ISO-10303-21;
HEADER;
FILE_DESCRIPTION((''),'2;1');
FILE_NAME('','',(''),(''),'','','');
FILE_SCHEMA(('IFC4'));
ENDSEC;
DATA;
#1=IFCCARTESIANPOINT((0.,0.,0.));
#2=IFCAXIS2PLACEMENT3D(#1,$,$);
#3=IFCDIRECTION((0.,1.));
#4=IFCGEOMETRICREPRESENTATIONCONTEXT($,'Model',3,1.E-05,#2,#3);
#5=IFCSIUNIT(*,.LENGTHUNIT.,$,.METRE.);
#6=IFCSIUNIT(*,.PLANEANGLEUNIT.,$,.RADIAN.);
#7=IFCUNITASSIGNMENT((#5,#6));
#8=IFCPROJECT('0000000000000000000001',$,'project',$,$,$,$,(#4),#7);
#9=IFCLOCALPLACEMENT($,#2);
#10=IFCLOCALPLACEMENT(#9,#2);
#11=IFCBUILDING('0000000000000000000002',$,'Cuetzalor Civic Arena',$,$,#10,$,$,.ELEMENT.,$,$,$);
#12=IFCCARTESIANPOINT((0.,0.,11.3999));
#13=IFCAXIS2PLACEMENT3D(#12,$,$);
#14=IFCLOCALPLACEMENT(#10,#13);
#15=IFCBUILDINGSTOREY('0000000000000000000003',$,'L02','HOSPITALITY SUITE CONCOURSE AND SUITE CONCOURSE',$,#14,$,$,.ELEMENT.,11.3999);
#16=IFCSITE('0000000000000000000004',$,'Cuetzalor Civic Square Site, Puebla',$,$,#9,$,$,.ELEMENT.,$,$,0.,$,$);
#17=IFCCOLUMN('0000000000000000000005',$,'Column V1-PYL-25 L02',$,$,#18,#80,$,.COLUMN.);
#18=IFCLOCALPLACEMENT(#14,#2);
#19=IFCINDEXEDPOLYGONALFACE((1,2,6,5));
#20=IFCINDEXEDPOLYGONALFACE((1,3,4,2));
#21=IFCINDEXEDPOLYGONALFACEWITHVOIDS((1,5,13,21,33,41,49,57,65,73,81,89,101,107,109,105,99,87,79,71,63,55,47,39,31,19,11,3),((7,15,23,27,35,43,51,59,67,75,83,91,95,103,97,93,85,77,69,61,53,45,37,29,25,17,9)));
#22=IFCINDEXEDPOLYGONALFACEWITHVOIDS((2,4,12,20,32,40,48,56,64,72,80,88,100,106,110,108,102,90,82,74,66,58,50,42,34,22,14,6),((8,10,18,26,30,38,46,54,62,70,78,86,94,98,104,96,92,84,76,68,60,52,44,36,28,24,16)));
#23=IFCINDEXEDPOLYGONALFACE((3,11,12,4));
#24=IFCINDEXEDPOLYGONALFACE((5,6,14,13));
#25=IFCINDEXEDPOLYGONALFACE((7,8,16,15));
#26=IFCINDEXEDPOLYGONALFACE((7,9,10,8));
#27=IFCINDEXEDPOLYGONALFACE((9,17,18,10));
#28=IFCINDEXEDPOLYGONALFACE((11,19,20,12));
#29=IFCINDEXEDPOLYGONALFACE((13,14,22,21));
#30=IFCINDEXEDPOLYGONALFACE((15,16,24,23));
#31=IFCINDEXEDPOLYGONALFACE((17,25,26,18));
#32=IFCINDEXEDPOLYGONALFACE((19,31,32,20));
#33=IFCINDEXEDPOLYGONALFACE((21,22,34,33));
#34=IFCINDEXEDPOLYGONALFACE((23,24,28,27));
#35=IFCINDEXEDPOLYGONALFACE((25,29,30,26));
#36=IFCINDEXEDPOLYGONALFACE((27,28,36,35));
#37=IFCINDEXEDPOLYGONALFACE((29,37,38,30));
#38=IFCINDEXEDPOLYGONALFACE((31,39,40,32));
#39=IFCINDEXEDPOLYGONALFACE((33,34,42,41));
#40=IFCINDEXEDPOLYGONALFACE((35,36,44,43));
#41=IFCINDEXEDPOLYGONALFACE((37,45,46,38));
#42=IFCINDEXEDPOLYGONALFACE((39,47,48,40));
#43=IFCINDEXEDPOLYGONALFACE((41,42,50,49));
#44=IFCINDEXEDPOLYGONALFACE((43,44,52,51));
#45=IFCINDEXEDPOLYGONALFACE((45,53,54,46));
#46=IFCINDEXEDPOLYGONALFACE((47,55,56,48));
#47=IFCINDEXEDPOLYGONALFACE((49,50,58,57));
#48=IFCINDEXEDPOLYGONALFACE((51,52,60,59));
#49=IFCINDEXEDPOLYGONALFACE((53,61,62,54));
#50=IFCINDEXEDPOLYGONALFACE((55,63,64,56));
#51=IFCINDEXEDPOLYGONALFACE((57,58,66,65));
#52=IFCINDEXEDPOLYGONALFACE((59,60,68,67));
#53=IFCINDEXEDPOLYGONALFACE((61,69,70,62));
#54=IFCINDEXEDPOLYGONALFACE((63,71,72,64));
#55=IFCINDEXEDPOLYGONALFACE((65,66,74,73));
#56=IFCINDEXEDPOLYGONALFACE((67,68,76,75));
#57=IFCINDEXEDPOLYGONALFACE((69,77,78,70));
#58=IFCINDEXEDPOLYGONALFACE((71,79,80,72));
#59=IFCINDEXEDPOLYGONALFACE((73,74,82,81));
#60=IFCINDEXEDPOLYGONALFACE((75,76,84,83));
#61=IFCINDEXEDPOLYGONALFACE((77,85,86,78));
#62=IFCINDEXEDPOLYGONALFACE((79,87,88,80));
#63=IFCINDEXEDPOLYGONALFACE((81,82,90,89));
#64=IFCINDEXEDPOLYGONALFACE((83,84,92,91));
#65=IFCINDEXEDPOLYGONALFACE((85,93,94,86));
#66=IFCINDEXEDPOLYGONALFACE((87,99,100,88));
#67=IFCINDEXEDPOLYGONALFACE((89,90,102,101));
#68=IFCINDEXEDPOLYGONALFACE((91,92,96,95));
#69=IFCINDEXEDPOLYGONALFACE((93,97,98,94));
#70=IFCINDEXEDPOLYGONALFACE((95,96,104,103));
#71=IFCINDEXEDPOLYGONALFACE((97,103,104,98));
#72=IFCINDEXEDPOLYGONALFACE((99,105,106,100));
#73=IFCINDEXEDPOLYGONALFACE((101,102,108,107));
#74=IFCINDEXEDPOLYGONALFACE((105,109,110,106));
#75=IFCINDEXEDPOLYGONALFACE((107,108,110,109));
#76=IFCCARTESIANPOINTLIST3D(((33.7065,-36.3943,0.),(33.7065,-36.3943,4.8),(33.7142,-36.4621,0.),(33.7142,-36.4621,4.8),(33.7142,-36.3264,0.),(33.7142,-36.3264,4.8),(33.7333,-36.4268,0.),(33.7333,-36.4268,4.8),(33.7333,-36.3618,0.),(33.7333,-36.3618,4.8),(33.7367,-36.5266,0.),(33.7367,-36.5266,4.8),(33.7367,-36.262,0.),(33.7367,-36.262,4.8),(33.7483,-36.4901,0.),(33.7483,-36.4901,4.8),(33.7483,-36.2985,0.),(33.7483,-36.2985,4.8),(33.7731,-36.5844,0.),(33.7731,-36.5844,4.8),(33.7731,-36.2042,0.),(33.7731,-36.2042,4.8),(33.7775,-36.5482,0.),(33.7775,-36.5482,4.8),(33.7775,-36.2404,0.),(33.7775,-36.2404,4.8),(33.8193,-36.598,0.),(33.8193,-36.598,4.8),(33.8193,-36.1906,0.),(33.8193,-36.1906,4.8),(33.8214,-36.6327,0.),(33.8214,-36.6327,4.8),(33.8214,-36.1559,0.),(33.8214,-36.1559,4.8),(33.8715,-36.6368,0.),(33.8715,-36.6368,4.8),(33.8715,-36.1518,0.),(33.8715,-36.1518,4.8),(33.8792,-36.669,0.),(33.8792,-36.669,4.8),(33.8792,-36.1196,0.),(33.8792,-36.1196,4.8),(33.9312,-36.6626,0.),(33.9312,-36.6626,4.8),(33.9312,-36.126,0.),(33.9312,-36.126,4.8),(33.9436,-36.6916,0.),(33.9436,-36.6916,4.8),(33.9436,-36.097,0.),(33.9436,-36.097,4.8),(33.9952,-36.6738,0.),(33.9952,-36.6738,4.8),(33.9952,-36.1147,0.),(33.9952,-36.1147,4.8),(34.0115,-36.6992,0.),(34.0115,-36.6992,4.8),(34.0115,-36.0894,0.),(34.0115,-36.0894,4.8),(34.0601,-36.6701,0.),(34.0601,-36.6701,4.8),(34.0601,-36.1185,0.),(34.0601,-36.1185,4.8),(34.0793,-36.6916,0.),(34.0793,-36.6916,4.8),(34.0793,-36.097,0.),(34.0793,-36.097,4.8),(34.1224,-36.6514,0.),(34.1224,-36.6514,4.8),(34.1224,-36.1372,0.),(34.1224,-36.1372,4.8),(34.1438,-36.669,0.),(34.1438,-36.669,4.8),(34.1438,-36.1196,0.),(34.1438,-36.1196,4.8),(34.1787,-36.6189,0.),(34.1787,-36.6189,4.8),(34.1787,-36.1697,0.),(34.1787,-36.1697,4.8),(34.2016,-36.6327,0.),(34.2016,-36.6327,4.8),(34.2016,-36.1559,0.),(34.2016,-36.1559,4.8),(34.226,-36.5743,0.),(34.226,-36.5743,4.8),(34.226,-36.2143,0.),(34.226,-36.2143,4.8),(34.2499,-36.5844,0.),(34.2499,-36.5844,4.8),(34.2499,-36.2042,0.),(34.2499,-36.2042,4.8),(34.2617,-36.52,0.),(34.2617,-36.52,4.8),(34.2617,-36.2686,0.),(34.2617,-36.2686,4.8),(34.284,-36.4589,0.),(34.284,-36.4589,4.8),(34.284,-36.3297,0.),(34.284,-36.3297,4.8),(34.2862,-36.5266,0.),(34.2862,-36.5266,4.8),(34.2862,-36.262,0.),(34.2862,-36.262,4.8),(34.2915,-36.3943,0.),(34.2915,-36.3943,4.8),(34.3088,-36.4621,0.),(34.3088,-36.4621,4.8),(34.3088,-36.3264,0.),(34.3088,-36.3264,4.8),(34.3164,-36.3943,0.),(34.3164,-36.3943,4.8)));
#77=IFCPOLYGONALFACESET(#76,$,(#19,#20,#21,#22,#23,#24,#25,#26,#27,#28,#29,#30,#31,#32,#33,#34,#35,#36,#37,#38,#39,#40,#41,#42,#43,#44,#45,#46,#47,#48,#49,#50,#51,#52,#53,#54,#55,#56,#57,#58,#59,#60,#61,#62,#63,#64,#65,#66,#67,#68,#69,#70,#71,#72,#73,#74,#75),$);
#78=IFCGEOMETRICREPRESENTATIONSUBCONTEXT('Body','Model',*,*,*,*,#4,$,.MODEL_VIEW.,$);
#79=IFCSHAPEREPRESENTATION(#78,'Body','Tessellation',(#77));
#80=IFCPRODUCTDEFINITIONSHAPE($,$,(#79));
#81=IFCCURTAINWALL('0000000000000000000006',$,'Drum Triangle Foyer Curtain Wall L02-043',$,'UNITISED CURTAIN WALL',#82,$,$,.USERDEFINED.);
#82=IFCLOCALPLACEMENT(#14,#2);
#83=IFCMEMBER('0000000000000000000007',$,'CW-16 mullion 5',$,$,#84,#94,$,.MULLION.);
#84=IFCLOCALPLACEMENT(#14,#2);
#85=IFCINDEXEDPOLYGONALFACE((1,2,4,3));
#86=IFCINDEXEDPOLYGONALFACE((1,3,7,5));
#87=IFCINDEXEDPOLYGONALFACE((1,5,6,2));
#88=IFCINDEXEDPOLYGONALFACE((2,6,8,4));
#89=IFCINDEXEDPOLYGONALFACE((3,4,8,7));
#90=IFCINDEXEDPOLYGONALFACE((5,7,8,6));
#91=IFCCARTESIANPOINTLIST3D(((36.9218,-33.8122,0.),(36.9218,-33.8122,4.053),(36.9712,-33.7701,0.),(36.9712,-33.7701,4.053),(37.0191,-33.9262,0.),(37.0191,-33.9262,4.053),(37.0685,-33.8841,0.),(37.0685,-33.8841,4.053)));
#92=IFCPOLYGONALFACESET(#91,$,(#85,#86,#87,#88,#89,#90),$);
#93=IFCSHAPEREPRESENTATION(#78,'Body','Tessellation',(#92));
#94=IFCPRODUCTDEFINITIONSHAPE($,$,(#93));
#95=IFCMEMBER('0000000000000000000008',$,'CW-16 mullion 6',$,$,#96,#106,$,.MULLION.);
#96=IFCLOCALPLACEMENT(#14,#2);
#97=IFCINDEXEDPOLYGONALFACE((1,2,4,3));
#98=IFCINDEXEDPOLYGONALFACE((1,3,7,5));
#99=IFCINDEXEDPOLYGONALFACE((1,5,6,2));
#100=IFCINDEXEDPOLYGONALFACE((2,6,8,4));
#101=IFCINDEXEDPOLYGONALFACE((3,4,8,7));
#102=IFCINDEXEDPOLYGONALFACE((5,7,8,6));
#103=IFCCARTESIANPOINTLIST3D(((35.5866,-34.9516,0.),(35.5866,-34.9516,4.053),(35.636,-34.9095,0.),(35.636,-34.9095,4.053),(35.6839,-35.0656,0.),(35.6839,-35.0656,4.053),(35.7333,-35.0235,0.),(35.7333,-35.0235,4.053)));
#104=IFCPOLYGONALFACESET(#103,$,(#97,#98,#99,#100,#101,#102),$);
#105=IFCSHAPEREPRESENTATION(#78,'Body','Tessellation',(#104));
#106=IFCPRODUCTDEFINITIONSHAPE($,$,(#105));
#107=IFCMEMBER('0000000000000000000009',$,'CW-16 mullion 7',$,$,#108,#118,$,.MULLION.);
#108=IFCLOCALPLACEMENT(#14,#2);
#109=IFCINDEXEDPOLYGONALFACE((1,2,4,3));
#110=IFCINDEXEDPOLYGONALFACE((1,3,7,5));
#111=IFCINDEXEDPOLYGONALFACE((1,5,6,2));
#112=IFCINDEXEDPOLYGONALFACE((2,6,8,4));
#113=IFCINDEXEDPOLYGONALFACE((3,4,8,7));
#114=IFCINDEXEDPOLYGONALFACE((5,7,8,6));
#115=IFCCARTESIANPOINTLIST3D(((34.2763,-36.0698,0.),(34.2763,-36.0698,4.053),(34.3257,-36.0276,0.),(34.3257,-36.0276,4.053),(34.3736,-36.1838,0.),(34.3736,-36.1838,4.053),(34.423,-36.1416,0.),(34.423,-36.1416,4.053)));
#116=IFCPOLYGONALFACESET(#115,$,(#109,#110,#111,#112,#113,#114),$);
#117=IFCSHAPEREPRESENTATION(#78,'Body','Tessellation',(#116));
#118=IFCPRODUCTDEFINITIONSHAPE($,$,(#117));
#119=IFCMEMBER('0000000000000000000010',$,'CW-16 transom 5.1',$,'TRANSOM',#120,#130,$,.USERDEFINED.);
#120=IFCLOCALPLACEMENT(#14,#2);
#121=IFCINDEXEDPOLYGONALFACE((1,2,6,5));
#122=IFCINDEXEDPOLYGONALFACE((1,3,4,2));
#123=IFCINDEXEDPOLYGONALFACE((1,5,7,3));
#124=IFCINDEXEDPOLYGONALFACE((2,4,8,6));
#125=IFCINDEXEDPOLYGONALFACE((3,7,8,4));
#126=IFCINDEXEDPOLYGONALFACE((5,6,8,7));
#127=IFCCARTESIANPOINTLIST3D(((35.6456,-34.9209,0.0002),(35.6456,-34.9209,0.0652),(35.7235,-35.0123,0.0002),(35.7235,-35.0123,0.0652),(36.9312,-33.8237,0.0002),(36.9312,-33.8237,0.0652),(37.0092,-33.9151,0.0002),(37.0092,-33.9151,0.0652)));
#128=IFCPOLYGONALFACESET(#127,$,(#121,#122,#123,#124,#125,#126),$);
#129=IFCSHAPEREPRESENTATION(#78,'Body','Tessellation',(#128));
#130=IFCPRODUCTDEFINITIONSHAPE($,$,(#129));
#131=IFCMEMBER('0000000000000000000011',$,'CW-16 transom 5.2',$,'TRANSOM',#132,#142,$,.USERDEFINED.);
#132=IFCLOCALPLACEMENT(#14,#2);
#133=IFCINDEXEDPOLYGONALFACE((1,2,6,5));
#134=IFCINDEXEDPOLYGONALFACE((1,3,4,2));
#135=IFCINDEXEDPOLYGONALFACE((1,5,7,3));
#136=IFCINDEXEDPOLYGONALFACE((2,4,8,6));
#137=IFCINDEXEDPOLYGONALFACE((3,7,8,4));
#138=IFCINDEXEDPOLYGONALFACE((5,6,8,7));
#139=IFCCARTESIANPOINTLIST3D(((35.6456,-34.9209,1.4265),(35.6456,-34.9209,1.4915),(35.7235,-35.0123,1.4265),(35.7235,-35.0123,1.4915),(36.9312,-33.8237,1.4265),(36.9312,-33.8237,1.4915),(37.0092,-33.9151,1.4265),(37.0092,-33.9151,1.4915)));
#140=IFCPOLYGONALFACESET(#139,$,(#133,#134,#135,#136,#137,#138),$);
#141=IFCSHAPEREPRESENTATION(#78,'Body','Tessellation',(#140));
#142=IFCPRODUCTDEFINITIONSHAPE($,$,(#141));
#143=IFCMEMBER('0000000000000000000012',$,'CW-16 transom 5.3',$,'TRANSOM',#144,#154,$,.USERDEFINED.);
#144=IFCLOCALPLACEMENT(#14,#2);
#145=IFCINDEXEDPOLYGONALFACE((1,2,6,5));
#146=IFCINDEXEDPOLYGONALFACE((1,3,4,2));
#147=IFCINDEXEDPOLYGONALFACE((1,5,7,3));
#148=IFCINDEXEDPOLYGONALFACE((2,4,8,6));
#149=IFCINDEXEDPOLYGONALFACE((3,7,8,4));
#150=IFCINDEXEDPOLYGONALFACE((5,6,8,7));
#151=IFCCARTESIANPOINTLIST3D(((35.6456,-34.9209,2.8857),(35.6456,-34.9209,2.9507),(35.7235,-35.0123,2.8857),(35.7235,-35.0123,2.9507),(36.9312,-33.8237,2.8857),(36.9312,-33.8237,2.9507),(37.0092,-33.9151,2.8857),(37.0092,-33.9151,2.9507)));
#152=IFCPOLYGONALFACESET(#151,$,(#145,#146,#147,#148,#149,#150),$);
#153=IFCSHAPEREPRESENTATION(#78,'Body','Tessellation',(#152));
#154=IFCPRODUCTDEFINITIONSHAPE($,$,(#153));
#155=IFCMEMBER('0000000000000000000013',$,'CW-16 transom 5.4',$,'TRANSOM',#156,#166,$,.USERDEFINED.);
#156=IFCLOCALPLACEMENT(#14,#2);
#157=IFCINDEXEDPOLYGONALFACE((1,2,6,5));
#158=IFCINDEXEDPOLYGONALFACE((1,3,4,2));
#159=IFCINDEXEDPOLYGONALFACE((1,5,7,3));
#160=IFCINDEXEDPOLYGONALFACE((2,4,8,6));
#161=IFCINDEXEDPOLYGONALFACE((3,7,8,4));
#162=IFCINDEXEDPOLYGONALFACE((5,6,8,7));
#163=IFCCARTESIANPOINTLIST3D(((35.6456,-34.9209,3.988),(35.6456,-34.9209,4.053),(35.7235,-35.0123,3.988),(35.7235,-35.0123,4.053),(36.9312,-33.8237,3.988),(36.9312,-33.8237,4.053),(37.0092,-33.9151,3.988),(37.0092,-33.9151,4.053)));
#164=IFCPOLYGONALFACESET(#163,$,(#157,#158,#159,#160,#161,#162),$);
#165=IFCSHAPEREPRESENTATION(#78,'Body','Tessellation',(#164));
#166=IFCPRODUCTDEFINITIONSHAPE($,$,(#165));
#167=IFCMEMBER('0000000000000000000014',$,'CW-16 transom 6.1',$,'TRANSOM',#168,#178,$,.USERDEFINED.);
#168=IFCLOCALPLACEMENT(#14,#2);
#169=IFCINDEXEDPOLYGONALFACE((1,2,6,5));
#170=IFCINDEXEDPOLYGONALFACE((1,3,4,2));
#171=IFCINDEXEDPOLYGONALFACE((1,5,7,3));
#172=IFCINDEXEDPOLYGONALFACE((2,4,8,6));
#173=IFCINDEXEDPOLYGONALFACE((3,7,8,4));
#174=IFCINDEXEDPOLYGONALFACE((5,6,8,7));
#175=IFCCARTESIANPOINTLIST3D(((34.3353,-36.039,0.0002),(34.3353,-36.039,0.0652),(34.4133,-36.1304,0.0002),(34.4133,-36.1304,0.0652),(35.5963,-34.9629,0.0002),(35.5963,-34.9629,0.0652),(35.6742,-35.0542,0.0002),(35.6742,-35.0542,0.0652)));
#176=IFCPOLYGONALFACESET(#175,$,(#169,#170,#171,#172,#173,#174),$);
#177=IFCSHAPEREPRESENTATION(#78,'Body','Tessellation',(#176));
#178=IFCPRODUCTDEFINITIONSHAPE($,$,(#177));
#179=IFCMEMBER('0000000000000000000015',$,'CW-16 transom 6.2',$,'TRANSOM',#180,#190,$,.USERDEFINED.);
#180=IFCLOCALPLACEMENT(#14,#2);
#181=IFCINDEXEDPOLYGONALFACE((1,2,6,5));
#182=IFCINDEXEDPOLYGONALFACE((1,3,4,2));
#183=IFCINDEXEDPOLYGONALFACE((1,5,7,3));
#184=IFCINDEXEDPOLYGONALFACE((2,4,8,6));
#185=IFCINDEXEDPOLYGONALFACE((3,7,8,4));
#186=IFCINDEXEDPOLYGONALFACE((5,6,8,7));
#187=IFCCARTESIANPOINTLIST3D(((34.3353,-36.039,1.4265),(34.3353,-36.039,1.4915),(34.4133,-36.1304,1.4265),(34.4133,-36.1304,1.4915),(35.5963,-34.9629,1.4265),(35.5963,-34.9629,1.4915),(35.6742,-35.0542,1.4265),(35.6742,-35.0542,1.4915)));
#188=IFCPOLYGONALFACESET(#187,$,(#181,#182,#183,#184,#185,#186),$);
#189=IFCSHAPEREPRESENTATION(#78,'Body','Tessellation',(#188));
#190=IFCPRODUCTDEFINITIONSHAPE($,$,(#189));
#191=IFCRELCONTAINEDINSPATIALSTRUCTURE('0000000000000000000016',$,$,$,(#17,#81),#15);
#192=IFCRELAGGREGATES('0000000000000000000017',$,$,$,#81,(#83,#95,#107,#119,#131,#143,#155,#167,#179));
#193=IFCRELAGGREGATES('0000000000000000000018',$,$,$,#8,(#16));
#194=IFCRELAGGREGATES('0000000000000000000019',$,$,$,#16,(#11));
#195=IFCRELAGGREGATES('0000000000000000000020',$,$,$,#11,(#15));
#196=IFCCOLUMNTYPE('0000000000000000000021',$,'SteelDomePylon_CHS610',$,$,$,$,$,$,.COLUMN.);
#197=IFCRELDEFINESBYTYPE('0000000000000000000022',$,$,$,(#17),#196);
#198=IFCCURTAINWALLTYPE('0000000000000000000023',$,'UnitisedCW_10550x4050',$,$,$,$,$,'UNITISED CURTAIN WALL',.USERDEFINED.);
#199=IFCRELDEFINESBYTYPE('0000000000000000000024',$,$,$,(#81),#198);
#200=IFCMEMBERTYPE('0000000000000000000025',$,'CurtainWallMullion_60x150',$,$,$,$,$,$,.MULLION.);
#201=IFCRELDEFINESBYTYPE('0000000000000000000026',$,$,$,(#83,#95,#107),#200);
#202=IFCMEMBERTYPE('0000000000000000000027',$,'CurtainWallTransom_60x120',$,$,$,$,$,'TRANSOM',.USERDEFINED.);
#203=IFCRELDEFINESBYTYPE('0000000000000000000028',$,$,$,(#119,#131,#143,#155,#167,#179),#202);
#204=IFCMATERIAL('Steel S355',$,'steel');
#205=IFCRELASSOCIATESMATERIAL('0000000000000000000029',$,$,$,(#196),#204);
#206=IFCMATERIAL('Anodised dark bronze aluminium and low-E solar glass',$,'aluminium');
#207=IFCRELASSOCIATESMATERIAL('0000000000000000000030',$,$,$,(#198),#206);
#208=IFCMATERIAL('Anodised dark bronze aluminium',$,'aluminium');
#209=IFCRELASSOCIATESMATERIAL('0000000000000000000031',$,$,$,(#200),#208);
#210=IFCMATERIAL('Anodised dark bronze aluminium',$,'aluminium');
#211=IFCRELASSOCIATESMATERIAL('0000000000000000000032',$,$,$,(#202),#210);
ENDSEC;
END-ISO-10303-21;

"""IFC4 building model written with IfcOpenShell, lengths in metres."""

from ifc_helpers import new_model, si_unit, direction, frame, origin, origin_2d, place, context, subcontext, project, spatial, rectangle, hollow_circle, extrude, material, material_profile, profile_set, type_object, element, aggregate, save


model = new_model("IFC4")

# Units and contexts
model_context = context("Model", 3, precision=1e-05, world=origin(), true_north=direction((0.0, 1.0)))
body_context = subcontext(model_context, "Body", "Model", "MODEL_VIEW")
ifc_project = project(units=[si_unit("LENGTHUNIT", "METRE"), si_unit("PLANEANGLEUNIT", "RADIAN")], contexts=[model_context])

# Site, building, storey
site_placement = place(None, origin())
site = spatial("IfcSite", under=ifc_project, at=site_placement, Name="Cuetzalor Civic Square Site, Puebla", CompositionType="ELEMENT", RefElevation=0.0)
building_placement = place(site_placement, origin())
building = spatial("IfcBuilding", under=site, at=building_placement, Name="Cuetzalor Civic Arena", CompositionType="ELEMENT")
storey_placement = place(building_placement, frame((0.0, 0.0, 11.3999)))
storey = spatial("IfcBuildingStorey", under=building, at=storey_placement, Name="L02", Description="HOSPITALITY SUITE CONCOURSE AND SUITE CONCOURSE", CompositionType="ELEMENT", Elevation=11.3999)

# Column
ifc_material_1 = material(Name="Steel S355", Category="steel")
ifc_material_profile_1 = material_profile(ifc_material_1, hollow_circle(Radius=0.3049, WallThickness=0.0249, at=origin_2d()), Name="CHS 610x25")
ifc_profile_set_1 = profile_set([ifc_material_profile_1], Name="Steel S355")
column_type = type_object("IfcColumnType", Name="SteelDomePylon_CHS610", PredefinedType="COLUMN", material=ifc_profile_set_1)
column_placement = place(storey_placement, frame((34.0115, -36.3943, 0.0), z_axis=(0.0, 0.0, 1.0), x_axis=(1.0, 0.0, 0.0)))
element("IfcColumn", 1, at=column_placement, inside=storey, type_object=column_type, Name="Column V1-PYL-25 L02", PredefinedType="COLUMN", context=body_context, shape_type="SweptSolid", body=[
    extrude(hollow_circle(Radius=0.3049, WallThickness=0.0249, at=origin_2d()), origin(), (0.0, 0.0, 1.0), 4.8),
])

# Curtain wall, members
ifc_material_2 = material(Name="Anodised dark bronze aluminium and low-E solar glass", Category="aluminium")
curtain_wall_type = type_object("IfcCurtainWallType", Name="UnitisedCW_10550x4050", ElementType="UNITISED CURTAIN WALL", PredefinedType="USERDEFINED", material=ifc_material_2)
curtain_wall_placement = place(storey_placement, origin())
curtain_wall = element("IfcCurtainWall", 2, at=curtain_wall_placement, inside=storey, type_object=curtain_wall_type, Name="Drum Triangle Foyer Curtain Wall L02-043", ObjectType="UNITISED CURTAIN WALL", PredefinedType="USERDEFINED")
ifc_material_3 = material(Name="Anodised dark bronze aluminium", Category="aluminium")
ifc_material_profile_2 = material_profile(ifc_material_3, rectangle(XDim=0.0649, YDim=0.1499, at=origin_2d()), Name="ALU MULLION 65x150")
ifc_profile_set_2 = profile_set([ifc_material_profile_2], Name="Anodised dark bronze aluminium")
member_type_1 = type_object("IfcMemberType", Name="CurtainWallMullion_60x150", PredefinedType="MULLION", material=ifc_profile_set_2)
member_1_placement = place(storey_placement, frame((36.9951, -33.8481, 0.0), z_axis=(0.0, 0.0, 1.0), x_axis=(-0.760677, -0.64913, 0.0)))
member_1 = element("IfcMember", 3, at=member_1_placement, type_object=member_type_1, Name="CW-16 mullion 5", PredefinedType="MULLION", context=body_context, shape_type="SweptSolid", body=[
    extrude(rectangle(XDim=0.0649, YDim=0.1499, at=origin_2d()), origin(), (0.0, 0.0, 1.0), 4.053),
])
member_2_placement = place(storey_placement, frame((35.6599, -34.9875, 0.0), z_axis=(0.0, 0.0, 1.0), x_axis=(-0.760677, -0.64913, 0.0)))
member_2 = element("IfcMember", 4, at=member_2_placement, type_object=member_type_1, Name="CW-16 mullion 6", PredefinedType="MULLION", context=body_context, shape_type="SweptSolid", body=[
    extrude(rectangle(XDim=0.0649, YDim=0.1499, at=origin_2d()), origin(), (0.0, 0.0, 1.0), 4.053),
])
member_3_placement = place(storey_placement, frame((34.3496, -36.1057, 0.0), z_axis=(0.0, 0.0, 1.0), x_axis=(-0.760677, -0.64913, 0.0)))
member_3 = element("IfcMember", 5, at=member_3_placement, type_object=member_type_1, Name="CW-16 mullion 7", PredefinedType="MULLION", context=body_context, shape_type="SweptSolid", body=[
    extrude(rectangle(XDim=0.0649, YDim=0.1499, at=origin_2d()), origin(), (0.0, 0.0, 1.0), 4.053),
])
ifc_material_4 = material(Name="Anodised dark bronze aluminium", Category="aluminium")
ifc_material_profile_3 = material_profile(ifc_material_4, rectangle(XDim=0.1201, YDim=0.0649, at=origin_2d()), Name="ALU TRANSOM 65x120")
ifc_profile_set_3 = profile_set([ifc_material_profile_3], Name="Anodised dark bronze aluminium")
member_type_2 = type_object("IfcMemberType", Name="CurtainWallTransom_60x120", ElementType="TRANSOM", PredefinedType="USERDEFINED", material=ifc_profile_set_3)
member_4_placement = place(storey_placement, frame((36.9702, -33.8694, 0.0327), z_axis=(-0.760662, -0.649148, 0.0), x_axis=(0.649148, -0.760662, 0.0)))
member_4 = element("IfcMember", 6, at=member_4_placement, type_object=member_type_2, Name="CW-16 transom 5.1", ObjectType="TRANSOM", PredefinedType="USERDEFINED", context=body_context, shape_type="SweptSolid", body=[
    extrude(rectangle(XDim=0.1201, YDim=0.0649, at=origin_2d()), origin(), (0.0, 0.0, 1.0), 1.6902),
])
member_5_placement = place(storey_placement, frame((36.9702, -33.8694, 1.459), z_axis=(-0.760662, -0.649148, 0.0), x_axis=(0.649148, -0.760662, 0.0)))
member_5 = element("IfcMember", 7, at=member_5_placement, type_object=member_type_2, Name="CW-16 transom 5.2", ObjectType="TRANSOM", PredefinedType="USERDEFINED", context=body_context, shape_type="SweptSolid", body=[
    extrude(rectangle(XDim=0.1201, YDim=0.0649, at=origin_2d()), origin(), (0.0, 0.0, 1.0), 1.6902),
])
member_6_placement = place(storey_placement, frame((36.9702, -33.8694, 2.9182), z_axis=(-0.760662, -0.649148, 0.0), x_axis=(0.649148, -0.760662, 0.0)))
member_6 = element("IfcMember", 8, at=member_6_placement, type_object=member_type_2, Name="CW-16 transom 5.3", ObjectType="TRANSOM", PredefinedType="USERDEFINED", context=body_context, shape_type="SweptSolid", body=[
    extrude(rectangle(XDim=0.1201, YDim=0.0649, at=origin_2d()), origin(), (0.0, 0.0, 1.0), 1.6902),
])
member_7_placement = place(storey_placement, frame((36.9702, -33.8694, 4.0205), z_axis=(-0.760662, -0.649148, 0.0), x_axis=(0.649148, -0.760662, 0.0)))
member_7 = element("IfcMember", 9, at=member_7_placement, type_object=member_type_2, Name="CW-16 transom 5.4", ObjectType="TRANSOM", PredefinedType="USERDEFINED", context=body_context, shape_type="SweptSolid", body=[
    extrude(rectangle(XDim=0.1201, YDim=0.0649, at=origin_2d()), origin(), (0.0, 0.0, 1.0), 1.6902),
])
member_8_placement = place(storey_placement, frame((35.6353, -35.0085, 0.0327), z_axis=(-0.760648, -0.649165, 0.0), x_axis=(0.649165, -0.760648, 0.0)))
member_8 = element("IfcMember", 10, at=member_8_placement, type_object=member_type_2, Name="CW-16 transom 6.1", ObjectType="TRANSOM", PredefinedType="USERDEFINED", context=body_context, shape_type="SweptSolid", body=[
    extrude(rectangle(XDim=0.1201, YDim=0.0649, at=origin_2d()), origin(), (0.0, 0.0, 1.0), 1.6577),
])
member_9_placement = place(storey_placement, frame((35.6353, -35.0085, 1.459), z_axis=(-0.760648, -0.649165, 0.0), x_axis=(0.649165, -0.760648, 0.0)))
member_9 = element("IfcMember", 11, at=member_9_placement, type_object=member_type_2, Name="CW-16 transom 6.2", ObjectType="TRANSOM", PredefinedType="USERDEFINED", context=body_context, shape_type="SweptSolid", body=[
    extrude(rectangle(XDim=0.1201, YDim=0.0649, at=origin_2d()), origin(), (0.0, 0.0, 1.0), 1.6577),
])

aggregate(curtain_wall, [member_1, member_2, member_3, member_4, member_5, member_6, member_7, member_8, member_9])

save(model, "model.ifc")
